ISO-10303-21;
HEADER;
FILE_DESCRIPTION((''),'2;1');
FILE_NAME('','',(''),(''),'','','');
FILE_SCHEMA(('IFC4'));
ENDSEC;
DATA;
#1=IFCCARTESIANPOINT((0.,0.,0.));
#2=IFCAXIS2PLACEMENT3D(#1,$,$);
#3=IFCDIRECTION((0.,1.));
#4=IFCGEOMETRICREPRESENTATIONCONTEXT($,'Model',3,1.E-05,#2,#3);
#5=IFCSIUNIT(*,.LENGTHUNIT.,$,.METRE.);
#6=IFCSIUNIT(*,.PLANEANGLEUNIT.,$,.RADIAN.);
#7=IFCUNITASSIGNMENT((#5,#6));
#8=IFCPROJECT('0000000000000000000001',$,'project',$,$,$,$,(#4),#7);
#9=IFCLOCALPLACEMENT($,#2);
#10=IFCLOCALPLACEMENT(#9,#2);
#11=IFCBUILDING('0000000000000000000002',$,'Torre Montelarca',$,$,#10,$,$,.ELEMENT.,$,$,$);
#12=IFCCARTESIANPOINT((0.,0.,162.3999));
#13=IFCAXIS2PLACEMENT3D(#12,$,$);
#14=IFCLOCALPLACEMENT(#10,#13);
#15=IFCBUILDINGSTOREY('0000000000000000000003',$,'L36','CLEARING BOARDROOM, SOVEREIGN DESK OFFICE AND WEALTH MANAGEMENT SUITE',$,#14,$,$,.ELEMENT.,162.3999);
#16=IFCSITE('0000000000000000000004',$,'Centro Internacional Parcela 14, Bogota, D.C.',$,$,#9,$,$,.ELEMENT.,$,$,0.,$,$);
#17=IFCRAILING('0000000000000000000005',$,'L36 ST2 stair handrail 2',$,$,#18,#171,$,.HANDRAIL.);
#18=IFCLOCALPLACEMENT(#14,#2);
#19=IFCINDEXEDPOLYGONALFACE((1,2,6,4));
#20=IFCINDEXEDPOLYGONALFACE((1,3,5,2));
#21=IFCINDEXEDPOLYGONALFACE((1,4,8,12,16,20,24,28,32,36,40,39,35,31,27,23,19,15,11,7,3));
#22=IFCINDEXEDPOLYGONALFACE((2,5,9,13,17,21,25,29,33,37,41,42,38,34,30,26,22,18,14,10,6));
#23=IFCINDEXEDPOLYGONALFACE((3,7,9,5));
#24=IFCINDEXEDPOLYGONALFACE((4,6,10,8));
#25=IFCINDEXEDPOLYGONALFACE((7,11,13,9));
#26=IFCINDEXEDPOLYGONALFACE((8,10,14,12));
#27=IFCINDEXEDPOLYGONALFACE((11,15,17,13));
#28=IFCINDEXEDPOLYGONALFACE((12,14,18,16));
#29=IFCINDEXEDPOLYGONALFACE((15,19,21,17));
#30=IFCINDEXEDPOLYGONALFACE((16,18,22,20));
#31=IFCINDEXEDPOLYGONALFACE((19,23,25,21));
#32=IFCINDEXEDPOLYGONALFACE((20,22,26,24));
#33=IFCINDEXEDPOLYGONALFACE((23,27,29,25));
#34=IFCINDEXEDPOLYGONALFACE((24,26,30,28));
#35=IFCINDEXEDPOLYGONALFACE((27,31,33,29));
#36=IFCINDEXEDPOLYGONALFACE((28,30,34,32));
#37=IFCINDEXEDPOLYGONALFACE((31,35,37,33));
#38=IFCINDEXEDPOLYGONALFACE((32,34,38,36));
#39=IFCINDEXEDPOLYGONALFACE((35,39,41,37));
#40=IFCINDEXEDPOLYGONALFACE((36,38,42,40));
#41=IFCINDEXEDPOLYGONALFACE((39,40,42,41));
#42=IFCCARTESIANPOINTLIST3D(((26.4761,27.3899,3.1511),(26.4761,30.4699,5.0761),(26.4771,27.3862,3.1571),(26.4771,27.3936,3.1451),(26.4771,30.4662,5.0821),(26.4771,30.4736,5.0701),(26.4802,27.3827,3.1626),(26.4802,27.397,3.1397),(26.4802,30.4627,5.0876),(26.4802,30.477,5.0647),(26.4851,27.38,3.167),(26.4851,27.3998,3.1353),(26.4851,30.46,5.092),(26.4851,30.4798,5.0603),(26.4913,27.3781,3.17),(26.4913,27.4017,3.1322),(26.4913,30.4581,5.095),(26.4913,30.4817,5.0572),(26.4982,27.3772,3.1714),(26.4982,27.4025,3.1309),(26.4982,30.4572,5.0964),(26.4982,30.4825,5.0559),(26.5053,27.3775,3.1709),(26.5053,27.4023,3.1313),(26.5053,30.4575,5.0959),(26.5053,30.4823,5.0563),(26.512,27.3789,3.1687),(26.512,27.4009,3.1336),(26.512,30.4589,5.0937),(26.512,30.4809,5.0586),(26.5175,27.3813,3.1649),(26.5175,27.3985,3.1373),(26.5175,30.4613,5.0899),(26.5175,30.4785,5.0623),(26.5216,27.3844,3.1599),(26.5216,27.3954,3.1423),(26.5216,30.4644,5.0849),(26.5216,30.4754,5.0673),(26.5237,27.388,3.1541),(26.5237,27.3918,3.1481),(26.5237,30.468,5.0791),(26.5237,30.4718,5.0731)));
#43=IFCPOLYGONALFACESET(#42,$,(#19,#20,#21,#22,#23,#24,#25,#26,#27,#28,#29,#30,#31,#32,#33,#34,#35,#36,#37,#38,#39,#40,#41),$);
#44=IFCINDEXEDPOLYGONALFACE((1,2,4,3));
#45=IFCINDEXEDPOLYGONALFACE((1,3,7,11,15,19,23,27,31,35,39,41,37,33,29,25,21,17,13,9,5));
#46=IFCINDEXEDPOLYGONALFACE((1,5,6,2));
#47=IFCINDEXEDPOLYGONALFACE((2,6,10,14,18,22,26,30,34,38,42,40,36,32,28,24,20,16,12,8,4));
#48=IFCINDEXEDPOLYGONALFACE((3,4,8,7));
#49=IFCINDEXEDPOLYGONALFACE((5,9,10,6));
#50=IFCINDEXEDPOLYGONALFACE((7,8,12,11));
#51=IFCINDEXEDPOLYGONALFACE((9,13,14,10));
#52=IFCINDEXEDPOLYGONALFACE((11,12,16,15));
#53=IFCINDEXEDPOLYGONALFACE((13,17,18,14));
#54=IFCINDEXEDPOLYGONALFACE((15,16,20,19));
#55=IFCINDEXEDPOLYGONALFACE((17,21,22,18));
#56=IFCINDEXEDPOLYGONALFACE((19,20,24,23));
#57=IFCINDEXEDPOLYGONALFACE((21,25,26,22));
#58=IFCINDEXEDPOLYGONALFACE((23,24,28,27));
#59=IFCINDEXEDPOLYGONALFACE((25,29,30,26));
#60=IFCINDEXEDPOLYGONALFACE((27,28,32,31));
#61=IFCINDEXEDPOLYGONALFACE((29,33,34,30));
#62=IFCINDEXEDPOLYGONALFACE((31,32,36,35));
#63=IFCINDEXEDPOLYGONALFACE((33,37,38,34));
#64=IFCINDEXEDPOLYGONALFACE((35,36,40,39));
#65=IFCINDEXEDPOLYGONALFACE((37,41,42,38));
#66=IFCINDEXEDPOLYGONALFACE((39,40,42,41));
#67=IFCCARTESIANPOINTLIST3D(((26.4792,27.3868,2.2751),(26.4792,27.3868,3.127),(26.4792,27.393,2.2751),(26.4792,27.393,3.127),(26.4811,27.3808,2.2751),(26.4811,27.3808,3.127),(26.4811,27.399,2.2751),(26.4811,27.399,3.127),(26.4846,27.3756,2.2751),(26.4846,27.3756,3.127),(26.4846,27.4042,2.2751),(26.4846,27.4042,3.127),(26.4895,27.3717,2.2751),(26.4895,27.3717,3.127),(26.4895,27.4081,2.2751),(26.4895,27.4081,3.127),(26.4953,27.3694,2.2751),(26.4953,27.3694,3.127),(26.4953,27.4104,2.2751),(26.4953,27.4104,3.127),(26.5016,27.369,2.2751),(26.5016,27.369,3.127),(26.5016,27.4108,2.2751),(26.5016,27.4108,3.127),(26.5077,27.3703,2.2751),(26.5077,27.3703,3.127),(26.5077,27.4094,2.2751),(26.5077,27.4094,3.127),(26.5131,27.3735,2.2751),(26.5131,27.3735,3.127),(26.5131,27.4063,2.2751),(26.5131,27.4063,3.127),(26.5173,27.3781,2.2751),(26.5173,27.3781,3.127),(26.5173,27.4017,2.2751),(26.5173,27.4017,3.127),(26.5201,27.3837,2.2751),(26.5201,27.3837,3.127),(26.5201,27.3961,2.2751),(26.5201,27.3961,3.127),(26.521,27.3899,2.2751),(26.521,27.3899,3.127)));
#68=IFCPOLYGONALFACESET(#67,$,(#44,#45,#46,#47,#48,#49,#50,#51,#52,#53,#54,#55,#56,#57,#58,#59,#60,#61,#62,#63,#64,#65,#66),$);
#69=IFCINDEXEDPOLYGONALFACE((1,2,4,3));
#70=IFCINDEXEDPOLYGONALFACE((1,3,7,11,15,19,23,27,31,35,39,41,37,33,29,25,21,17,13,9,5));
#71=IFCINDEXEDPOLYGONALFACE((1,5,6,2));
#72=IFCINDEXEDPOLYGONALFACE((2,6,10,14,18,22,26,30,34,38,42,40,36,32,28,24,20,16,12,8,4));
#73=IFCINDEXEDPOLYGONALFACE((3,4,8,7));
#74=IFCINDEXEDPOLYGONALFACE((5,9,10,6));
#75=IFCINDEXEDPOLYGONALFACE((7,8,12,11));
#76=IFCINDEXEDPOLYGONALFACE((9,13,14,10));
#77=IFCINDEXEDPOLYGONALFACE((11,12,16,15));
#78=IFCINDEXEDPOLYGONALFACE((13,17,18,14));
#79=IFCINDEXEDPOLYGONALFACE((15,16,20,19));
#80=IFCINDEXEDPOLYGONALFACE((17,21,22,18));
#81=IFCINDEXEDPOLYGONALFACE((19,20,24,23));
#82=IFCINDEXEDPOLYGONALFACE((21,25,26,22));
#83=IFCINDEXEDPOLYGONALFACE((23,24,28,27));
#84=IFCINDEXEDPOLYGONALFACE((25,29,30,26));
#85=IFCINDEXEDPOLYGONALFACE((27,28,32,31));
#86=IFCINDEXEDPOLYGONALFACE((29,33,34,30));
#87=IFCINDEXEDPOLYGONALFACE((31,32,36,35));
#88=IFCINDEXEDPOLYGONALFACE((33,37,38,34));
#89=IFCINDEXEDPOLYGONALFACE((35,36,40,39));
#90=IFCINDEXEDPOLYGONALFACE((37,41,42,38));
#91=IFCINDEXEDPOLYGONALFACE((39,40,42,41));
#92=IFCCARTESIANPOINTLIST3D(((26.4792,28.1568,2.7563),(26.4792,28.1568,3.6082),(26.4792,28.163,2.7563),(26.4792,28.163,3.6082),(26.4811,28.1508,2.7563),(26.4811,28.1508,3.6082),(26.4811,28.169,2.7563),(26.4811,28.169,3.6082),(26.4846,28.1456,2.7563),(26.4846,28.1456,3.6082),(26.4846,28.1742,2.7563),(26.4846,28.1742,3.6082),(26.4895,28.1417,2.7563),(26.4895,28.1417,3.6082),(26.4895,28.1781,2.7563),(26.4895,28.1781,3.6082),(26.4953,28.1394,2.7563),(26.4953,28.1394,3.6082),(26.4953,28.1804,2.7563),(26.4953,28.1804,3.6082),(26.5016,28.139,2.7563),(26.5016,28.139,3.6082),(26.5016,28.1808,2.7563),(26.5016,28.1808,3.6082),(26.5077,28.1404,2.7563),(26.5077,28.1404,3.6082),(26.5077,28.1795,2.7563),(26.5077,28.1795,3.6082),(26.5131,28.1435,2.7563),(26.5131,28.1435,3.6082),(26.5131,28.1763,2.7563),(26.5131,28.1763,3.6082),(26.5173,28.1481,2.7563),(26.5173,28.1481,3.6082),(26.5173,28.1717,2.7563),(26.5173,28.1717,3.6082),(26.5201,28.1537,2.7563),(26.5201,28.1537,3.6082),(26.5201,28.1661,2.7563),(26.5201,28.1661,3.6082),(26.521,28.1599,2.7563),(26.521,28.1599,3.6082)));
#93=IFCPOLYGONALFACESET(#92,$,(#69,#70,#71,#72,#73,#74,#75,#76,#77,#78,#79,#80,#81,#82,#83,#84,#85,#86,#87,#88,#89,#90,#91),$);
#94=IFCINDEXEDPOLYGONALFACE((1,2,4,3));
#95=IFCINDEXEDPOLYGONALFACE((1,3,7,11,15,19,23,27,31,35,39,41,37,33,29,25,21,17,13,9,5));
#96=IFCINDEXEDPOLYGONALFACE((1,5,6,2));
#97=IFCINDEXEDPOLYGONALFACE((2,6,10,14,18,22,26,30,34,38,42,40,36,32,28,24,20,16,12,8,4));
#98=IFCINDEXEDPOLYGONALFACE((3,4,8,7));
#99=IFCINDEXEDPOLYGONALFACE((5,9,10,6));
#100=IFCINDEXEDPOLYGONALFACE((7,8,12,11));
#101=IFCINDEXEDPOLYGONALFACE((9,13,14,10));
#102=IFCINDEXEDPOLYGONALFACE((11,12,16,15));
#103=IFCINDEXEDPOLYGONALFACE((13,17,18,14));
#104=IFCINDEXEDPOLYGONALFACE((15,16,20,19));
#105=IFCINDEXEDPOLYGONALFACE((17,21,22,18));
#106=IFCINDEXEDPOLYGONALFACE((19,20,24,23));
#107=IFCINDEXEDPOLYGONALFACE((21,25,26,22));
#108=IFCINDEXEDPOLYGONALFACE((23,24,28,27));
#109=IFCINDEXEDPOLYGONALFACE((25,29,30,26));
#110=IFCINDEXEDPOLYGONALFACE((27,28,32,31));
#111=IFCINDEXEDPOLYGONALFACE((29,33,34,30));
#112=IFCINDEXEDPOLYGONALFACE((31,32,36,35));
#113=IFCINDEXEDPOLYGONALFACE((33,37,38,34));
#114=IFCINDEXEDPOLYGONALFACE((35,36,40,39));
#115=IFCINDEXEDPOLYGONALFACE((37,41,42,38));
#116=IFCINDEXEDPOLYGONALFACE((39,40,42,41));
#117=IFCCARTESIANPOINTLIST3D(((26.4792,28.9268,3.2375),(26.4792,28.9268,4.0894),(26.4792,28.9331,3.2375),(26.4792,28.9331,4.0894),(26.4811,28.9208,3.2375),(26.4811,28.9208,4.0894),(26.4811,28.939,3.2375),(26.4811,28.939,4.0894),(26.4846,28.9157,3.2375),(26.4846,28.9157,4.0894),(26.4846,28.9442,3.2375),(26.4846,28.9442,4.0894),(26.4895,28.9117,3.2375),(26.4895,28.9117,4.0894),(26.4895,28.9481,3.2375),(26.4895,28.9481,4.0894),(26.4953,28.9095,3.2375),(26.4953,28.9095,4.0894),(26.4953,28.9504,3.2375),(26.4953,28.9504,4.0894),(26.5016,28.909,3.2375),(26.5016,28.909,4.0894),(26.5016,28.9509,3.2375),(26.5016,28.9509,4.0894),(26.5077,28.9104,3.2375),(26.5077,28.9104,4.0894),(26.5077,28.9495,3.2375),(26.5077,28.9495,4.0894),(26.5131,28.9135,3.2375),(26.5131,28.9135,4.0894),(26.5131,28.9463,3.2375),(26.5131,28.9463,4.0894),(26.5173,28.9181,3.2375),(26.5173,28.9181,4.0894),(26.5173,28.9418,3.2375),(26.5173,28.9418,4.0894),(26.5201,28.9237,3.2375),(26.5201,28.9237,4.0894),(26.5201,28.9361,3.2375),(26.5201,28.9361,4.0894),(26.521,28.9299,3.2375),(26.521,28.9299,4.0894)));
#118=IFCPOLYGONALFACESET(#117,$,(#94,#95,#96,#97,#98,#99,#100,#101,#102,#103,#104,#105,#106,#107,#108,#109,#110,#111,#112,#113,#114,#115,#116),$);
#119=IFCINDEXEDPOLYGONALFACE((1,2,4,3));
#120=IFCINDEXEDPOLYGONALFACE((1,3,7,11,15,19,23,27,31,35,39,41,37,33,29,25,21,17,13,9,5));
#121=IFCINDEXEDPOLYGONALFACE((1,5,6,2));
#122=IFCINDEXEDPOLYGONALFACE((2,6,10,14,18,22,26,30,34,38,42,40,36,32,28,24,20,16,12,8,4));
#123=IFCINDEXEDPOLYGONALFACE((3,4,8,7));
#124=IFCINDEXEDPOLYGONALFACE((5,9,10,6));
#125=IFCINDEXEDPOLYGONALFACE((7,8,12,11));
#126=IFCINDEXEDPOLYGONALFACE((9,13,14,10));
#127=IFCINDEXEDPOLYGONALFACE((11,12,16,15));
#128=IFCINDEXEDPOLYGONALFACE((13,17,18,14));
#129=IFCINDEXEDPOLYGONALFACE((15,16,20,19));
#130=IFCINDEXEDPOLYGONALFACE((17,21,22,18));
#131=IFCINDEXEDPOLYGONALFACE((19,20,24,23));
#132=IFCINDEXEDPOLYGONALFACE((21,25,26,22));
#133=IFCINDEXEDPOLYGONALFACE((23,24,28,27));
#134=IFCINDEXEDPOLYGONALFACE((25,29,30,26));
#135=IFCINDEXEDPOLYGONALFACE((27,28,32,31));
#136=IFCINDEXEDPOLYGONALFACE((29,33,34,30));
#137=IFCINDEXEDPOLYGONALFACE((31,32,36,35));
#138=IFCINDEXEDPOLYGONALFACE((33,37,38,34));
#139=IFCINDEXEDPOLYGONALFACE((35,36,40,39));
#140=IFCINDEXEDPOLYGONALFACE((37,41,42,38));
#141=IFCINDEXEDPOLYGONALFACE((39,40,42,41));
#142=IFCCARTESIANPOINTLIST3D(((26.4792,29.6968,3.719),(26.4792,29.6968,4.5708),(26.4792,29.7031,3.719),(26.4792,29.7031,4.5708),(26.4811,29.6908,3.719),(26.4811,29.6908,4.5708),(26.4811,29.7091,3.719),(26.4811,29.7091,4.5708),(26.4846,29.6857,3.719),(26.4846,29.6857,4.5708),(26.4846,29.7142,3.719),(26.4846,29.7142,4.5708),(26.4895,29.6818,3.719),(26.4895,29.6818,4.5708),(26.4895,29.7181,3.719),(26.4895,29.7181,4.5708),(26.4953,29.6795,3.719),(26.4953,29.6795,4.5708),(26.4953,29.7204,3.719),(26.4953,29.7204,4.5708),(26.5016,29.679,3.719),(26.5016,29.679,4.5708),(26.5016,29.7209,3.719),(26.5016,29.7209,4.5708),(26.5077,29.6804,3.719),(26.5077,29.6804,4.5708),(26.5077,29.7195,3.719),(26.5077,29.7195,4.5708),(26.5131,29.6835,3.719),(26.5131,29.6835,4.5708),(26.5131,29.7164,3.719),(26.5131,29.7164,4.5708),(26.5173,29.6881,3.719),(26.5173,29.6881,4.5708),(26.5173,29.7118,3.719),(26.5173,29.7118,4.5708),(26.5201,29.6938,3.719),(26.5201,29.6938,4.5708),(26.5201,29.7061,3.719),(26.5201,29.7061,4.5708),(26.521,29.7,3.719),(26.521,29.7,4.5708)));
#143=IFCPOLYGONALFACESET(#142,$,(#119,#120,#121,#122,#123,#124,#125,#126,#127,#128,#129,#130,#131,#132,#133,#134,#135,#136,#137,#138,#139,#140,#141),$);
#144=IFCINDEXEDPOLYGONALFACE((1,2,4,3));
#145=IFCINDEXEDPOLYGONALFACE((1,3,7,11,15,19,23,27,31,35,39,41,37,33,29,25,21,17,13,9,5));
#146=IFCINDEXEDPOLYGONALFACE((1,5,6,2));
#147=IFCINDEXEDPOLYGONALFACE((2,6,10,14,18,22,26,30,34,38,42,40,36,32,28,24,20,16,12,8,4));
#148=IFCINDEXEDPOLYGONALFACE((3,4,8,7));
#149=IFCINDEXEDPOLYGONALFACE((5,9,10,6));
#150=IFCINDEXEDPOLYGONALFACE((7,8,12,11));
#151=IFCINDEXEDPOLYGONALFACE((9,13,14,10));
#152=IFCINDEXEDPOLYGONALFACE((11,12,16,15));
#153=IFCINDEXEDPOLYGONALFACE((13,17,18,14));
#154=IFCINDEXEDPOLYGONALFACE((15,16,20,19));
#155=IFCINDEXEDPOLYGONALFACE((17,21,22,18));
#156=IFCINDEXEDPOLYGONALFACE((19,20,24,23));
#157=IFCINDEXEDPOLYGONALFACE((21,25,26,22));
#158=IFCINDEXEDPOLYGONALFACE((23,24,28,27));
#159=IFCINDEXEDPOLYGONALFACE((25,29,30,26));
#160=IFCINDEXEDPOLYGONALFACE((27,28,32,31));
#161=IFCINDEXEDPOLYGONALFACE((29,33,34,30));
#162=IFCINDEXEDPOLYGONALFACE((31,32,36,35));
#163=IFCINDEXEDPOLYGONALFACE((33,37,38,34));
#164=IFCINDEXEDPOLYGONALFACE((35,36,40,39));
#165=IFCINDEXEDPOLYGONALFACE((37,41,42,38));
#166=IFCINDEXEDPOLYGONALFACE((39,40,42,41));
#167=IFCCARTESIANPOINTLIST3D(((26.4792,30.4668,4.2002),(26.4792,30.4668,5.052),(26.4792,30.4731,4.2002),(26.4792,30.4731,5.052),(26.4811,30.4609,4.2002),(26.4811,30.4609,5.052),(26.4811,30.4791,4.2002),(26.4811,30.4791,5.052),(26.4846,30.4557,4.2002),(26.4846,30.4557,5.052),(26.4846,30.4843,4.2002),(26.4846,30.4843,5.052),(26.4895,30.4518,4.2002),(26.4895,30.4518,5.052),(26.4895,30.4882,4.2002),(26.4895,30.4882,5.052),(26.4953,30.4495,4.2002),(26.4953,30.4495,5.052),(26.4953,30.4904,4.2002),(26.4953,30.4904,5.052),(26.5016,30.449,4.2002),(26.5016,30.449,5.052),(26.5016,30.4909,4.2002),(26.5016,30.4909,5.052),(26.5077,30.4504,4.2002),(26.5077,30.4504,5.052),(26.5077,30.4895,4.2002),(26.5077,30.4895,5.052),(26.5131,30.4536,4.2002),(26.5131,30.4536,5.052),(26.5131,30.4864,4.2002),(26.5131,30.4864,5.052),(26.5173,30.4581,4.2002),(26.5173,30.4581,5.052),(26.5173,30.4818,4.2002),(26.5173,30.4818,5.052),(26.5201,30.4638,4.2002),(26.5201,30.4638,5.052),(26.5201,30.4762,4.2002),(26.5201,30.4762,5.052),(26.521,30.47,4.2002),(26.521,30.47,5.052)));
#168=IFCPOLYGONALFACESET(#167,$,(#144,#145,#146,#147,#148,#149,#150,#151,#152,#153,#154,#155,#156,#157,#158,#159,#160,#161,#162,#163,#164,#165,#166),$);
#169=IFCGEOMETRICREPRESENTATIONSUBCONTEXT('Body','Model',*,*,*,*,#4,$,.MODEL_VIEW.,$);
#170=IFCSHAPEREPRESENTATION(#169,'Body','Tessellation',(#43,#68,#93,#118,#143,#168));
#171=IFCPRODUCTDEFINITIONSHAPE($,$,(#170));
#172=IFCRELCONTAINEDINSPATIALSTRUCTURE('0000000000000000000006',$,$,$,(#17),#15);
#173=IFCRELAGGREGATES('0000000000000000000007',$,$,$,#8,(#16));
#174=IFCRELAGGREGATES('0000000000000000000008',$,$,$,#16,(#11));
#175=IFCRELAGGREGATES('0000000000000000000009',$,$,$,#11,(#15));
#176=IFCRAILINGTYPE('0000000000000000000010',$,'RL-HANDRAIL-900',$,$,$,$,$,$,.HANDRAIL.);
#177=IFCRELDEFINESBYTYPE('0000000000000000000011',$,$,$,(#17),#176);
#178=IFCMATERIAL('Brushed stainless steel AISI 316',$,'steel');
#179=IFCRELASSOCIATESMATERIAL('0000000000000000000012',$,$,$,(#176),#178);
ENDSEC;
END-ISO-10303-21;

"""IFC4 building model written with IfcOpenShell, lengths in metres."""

from ifc_helpers import new_model, si_unit, direction, frame, origin, origin_2d, place, context, subcontext, project, spatial, circle, extrude, material, type_object, element, save


model = new_model("IFC4")

# Units and contexts
model_context = context("Model", 3, precision=1e-05, world=origin(), true_north=direction((0.0, 1.0)))
body_context = subcontext(model_context, "Body", "Model", "MODEL_VIEW")
ifc_project = project(units=[si_unit("LENGTHUNIT", "METRE"), si_unit("PLANEANGLEUNIT", "RADIAN")], contexts=[model_context])

# Site, building, storey
site_placement = place(None, origin())
site = spatial("IfcSite", under=ifc_project, at=site_placement, Name="Centro Internacional Parcela 14, Bogota, D.C.", CompositionType="ELEMENT", RefElevation=0.0)
building_placement = place(site_placement, origin())
building = spatial("IfcBuilding", under=site, at=building_placement, Name="Torre Montelarca", CompositionType="ELEMENT")
storey_placement = place(building_placement, frame((0.0, 0.0, 162.3999)))
storey = spatial("IfcBuildingStorey", under=building, at=storey_placement, Name="L36", Description="CLEARING BOARDROOM, SOVEREIGN DESK OFFICE AND WEALTH MANAGEMENT SUITE", CompositionType="ELEMENT", Elevation=162.3999)

# Railing
ifc_material_1 = material(Name="Brushed stainless steel AISI 316", Category="steel")
railing_type_1 = type_object("IfcRailingType", Name="RL-HANDRAIL-900", PredefinedType="HANDRAIL", material=ifc_material_1)
railing_1_placement = place(storey_placement, frame((26.5, 27.3899, 2.2751)))
element("IfcRailing", 1, at=railing_1_placement, inside=storey, type_object=railing_type_1, Name="L36 ST2 stair handrail 2", PredefinedType="HANDRAIL", context=body_context, shape_type="SweptSolid", body=[
    extrude(circle(Radius=0.0239, at=origin_2d()), frame((0.0, 0.0, 0.876), z_axis=(0.0, 0.847998, 0.529999), x_axis=(-1.0, 0.0, 0.0)), (0.0, 0.0, 1.0), 3.6321),
    extrude(circle(Radius=0.021, at=origin_2d()), origin(), (0.0, 0.0, 1.0), 0.8518),
    extrude(circle(Radius=0.021, at=origin_2d()), frame((0.0, 0.77, 0.4812)), (0.0, 0.0, 1.0), 0.8518),
    extrude(circle(Radius=0.021, at=origin_2d()), frame((0.0, 1.54, 0.9624)), (0.0, 0.0, 1.0), 0.8518),
    extrude(circle(Radius=0.021, at=origin_2d()), frame((0.0, 2.3101, 1.4438)), (0.0, 0.0, 1.0), 0.8518),
    extrude(circle(Radius=0.021, at=origin_2d()), frame((0.0, 3.0801, 1.925)), (0.0, 0.0, 1.0), 0.8518),
])

save(model, "model.ifc")
